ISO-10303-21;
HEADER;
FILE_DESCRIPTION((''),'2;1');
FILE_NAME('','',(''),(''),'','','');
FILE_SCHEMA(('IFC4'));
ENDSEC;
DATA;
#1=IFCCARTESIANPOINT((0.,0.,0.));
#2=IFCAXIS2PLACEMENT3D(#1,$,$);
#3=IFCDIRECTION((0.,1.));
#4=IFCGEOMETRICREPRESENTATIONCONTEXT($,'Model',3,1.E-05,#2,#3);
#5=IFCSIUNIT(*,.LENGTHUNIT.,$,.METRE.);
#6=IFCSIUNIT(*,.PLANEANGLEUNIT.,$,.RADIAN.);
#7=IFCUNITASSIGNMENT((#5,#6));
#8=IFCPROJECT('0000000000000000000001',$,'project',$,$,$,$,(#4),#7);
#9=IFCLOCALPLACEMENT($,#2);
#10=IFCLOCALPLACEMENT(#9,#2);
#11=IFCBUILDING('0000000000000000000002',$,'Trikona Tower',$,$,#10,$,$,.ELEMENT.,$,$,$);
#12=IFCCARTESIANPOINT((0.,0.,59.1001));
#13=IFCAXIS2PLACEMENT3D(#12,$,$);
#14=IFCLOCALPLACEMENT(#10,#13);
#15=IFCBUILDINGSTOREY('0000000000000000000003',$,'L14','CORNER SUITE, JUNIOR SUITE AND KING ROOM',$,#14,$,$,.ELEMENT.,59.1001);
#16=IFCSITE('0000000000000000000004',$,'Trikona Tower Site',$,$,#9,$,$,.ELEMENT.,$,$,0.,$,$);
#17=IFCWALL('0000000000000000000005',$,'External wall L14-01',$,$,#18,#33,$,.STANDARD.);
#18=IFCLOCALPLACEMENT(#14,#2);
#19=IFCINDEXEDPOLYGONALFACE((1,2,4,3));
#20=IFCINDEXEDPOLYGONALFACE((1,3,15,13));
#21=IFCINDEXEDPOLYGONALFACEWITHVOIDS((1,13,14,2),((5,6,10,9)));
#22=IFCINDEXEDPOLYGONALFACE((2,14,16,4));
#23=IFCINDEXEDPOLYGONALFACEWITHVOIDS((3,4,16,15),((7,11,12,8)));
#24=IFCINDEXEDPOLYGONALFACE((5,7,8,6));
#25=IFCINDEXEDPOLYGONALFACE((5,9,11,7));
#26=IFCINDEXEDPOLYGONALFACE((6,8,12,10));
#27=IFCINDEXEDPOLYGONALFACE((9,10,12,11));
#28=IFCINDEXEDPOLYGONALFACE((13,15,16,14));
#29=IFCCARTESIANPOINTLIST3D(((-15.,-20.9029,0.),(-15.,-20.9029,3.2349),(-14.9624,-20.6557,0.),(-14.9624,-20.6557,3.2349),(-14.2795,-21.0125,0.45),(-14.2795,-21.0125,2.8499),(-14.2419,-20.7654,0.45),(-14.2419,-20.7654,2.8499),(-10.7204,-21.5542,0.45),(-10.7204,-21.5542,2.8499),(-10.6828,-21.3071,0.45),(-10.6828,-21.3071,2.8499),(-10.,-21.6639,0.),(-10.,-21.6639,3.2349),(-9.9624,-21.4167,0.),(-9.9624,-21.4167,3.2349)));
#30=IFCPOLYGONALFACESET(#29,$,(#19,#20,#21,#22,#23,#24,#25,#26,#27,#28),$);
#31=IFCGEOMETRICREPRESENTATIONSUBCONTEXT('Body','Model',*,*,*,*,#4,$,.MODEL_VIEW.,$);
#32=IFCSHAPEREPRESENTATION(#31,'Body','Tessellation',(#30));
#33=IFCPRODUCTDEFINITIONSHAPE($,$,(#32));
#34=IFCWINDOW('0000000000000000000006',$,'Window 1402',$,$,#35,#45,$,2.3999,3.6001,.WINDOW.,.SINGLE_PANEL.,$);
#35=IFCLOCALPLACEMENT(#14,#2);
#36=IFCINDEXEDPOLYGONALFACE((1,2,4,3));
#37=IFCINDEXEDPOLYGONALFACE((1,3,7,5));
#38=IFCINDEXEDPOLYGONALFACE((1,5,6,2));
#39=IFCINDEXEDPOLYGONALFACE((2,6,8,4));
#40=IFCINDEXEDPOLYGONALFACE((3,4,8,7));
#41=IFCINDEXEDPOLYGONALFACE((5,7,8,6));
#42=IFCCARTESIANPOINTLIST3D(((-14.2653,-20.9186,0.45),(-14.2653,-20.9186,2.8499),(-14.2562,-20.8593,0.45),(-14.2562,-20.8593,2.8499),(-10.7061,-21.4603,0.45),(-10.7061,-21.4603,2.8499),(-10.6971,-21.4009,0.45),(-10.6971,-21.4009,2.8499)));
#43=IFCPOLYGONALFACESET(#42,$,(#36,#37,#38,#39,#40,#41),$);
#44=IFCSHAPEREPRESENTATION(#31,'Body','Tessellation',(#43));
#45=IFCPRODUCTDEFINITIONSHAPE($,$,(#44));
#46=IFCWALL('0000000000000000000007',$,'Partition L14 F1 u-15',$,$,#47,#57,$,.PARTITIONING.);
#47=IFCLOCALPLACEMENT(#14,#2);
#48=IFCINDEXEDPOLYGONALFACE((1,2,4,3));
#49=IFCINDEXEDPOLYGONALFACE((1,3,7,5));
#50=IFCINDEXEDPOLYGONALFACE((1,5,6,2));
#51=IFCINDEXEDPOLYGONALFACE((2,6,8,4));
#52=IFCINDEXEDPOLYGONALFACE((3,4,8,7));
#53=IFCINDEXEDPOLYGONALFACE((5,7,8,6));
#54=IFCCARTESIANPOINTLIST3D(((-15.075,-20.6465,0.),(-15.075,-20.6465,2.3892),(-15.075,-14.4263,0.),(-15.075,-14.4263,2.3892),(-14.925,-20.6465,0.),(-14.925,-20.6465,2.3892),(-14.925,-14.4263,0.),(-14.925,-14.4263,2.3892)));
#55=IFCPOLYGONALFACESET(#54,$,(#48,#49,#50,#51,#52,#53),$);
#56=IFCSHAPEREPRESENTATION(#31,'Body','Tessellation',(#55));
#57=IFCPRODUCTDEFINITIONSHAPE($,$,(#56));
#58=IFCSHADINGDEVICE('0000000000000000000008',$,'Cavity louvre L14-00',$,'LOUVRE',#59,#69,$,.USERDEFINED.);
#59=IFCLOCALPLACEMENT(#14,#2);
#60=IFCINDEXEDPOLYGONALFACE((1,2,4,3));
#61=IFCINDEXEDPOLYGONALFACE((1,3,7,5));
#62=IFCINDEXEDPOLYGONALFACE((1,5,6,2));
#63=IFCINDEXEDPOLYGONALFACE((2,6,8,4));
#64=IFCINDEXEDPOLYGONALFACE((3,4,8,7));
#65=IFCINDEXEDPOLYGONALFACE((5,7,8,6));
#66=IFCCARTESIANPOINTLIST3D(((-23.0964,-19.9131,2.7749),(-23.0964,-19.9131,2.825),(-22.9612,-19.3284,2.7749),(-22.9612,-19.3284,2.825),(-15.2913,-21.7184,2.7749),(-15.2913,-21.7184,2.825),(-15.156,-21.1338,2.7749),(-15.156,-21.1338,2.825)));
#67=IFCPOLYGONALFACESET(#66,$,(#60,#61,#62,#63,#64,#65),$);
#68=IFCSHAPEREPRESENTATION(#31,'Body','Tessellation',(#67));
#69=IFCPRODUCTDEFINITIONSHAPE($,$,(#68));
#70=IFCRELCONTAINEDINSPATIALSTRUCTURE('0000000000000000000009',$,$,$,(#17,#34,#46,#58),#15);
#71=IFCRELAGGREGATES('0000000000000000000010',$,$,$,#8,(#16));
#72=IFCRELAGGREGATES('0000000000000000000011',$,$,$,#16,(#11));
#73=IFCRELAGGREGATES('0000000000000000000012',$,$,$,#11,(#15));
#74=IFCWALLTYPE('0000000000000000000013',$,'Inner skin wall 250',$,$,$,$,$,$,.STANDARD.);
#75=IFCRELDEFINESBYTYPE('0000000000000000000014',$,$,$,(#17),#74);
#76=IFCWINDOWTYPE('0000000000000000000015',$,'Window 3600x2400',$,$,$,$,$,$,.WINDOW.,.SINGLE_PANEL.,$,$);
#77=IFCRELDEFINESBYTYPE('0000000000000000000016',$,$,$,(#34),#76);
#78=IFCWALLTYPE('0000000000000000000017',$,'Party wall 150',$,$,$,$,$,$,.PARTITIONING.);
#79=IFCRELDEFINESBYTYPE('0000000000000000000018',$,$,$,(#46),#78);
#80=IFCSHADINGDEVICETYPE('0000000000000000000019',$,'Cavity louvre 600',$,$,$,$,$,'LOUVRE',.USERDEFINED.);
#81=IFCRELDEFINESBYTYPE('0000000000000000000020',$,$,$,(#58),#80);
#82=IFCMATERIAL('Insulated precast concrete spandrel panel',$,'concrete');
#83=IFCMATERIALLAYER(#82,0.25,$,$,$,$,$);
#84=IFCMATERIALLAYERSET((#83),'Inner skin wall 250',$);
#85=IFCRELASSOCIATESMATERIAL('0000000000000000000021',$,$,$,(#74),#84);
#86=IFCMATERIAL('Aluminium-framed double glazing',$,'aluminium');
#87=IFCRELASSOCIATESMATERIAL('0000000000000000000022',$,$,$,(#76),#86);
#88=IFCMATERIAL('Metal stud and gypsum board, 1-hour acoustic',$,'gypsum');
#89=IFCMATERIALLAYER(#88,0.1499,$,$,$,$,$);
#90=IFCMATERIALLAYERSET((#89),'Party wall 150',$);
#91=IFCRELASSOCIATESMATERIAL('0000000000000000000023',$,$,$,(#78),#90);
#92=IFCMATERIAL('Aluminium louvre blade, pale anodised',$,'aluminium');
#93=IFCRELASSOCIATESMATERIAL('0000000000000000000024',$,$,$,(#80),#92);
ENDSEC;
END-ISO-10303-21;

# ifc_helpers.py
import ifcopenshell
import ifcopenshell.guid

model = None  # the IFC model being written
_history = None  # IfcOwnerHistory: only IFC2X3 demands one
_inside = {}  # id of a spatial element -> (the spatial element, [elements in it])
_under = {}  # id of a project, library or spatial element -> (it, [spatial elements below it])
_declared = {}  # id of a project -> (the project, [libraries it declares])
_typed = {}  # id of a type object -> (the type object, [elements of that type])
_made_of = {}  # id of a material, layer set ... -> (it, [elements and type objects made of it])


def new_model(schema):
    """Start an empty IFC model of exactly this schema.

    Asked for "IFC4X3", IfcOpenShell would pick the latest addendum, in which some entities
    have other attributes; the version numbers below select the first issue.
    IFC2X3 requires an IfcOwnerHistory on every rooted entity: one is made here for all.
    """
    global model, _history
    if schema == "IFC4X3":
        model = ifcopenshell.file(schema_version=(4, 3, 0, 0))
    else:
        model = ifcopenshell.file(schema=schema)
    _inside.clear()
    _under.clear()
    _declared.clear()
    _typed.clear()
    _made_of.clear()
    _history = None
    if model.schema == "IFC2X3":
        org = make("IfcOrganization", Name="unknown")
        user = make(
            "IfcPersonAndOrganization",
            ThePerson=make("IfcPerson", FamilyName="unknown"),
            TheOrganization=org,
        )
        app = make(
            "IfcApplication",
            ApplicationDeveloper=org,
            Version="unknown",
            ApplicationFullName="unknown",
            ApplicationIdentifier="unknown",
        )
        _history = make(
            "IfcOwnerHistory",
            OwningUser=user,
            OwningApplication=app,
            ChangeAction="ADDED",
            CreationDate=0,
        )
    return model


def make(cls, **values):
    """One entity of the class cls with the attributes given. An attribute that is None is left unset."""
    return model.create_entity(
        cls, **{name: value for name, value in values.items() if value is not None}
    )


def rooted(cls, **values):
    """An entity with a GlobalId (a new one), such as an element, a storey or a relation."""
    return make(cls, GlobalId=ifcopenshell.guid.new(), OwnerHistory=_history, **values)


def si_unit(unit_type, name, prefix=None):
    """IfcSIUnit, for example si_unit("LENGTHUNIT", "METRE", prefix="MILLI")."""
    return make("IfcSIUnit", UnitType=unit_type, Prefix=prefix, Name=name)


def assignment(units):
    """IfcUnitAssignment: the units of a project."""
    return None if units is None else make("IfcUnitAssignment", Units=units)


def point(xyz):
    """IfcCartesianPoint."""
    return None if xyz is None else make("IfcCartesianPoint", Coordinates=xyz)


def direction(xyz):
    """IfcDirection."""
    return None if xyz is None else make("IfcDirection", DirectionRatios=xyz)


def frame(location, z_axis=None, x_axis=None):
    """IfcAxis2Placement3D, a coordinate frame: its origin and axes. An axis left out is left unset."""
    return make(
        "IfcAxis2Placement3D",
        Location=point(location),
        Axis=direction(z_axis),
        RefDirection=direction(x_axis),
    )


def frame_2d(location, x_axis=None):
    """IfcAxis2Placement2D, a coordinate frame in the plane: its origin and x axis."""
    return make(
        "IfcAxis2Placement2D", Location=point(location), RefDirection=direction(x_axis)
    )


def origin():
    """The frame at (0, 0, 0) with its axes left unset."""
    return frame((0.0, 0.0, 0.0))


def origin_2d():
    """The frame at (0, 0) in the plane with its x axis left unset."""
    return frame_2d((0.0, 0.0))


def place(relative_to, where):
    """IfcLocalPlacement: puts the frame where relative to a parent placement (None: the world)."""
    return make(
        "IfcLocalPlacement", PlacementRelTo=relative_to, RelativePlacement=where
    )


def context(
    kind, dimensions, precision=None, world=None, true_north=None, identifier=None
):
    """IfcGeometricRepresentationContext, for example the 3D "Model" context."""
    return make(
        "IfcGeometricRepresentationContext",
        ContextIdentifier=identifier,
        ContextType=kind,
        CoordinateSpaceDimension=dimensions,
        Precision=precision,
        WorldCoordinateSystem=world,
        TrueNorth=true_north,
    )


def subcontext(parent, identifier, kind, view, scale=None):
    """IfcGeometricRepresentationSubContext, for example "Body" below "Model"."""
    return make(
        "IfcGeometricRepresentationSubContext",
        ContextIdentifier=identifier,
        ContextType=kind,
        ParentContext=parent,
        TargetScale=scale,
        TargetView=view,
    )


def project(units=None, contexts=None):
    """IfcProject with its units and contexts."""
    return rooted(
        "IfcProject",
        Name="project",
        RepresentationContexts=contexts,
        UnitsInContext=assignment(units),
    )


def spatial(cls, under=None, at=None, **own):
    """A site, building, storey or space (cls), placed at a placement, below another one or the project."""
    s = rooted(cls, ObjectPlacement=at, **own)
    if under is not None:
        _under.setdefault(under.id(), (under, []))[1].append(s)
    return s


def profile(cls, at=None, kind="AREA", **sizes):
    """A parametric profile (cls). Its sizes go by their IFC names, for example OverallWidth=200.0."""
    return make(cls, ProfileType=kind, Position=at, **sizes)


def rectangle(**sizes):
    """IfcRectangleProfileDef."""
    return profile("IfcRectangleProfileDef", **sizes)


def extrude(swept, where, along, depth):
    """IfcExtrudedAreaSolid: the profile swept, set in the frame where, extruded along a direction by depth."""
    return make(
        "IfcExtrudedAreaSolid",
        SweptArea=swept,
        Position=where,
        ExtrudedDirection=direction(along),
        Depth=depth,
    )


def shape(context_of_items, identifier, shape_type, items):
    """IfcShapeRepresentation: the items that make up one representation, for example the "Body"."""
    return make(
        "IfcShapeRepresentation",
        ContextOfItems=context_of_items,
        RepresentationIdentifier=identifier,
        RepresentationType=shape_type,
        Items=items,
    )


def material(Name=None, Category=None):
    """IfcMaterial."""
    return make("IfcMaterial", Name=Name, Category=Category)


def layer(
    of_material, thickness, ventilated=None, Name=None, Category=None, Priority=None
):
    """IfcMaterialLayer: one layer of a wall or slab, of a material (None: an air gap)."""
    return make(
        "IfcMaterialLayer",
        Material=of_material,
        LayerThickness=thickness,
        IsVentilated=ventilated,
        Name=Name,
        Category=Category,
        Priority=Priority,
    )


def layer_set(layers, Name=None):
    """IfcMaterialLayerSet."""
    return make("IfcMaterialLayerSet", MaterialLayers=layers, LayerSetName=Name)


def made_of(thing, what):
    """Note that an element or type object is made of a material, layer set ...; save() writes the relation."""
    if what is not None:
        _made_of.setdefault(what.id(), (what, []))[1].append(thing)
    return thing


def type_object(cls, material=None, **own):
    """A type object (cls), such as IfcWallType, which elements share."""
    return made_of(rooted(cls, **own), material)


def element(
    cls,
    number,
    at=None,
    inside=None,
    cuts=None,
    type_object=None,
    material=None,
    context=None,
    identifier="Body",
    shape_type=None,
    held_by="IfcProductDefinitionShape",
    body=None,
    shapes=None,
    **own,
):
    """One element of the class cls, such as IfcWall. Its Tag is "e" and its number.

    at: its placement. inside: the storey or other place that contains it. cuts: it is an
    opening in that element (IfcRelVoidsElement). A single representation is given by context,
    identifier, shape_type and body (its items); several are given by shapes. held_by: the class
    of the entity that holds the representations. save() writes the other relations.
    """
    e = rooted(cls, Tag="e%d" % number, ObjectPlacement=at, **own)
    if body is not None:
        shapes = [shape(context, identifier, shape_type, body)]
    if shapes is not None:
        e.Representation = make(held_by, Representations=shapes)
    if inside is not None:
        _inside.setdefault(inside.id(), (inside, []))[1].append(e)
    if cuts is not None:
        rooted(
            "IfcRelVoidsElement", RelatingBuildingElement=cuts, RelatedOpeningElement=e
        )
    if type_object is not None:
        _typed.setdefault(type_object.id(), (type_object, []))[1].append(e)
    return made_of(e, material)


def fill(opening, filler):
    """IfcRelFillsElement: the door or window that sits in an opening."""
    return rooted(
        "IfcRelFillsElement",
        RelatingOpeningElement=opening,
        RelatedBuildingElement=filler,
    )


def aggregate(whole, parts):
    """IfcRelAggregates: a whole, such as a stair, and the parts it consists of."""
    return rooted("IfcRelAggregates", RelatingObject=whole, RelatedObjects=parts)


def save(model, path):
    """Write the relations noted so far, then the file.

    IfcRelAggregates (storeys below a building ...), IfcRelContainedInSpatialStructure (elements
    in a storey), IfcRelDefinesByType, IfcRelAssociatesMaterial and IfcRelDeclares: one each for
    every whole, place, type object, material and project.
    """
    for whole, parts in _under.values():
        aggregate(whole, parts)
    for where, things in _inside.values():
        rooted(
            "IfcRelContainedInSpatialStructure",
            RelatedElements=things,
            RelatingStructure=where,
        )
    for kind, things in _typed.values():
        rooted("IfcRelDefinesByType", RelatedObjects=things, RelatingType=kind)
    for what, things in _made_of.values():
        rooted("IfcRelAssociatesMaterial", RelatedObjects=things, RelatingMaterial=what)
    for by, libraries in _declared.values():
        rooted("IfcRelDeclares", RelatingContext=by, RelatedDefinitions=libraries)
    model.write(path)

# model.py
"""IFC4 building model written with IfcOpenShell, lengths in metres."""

from ifc_helpers import new_model, si_unit, direction, frame, frame_2d, origin, origin_2d, place, context, subcontext, project, spatial, rectangle, extrude, material, layer, layer_set, type_object, element, fill, save


model = new_model("IFC4")

# Units and contexts
model_context = context("Model", 3, precision=1e-05, world=origin(), true_north=direction((0.0, 1.0)))
body_context = subcontext(model_context, "Body", "Model", "MODEL_VIEW")
ifc_project = project(units=[si_unit("LENGTHUNIT", "METRE"), si_unit("PLANEANGLEUNIT", "RADIAN")], contexts=[model_context])

# Site, building, storey
site_placement = place(None, origin())
site = spatial("IfcSite", under=ifc_project, at=site_placement, Name="Trikona Tower Site", CompositionType="ELEMENT", RefElevation=0.0)
building_placement = place(site_placement, origin())
building = spatial("IfcBuilding", under=site, at=building_placement, Name="Trikona Tower", CompositionType="ELEMENT")
storey_placement = place(building_placement, frame((0.0, 0.0, 59.1001)))
storey = spatial("IfcBuildingStorey", under=building, at=storey_placement, Name="L14", Description="CORNER SUITE, JUNIOR SUITE AND KING ROOM", CompositionType="ELEMENT", Elevation=59.1001)

# Wall, opening, window
ifc_material_1 = material(Name="Insulated precast concrete spandrel panel", Category="concrete")
ifc_layer_1 = layer(ifc_material_1, 0.25)
ifc_layer_set_1 = layer_set([ifc_layer_1], Name="Inner skin wall 250")
wall_type_1 = type_object("IfcWallType", Name="Inner skin wall 250", PredefinedType="STANDARD", material=ifc_layer_set_1)
wall_1_placement = place(storey_placement, frame((-14.9812, -20.7793, 0.0), z_axis=(0.0, 0.0, 1.0), x_axis=(0.988615, -0.150465, 0.0)))
wall_1 = element("IfcWall", 1, at=wall_1_placement, inside=storey, type_object=wall_type_1, Name="External wall L14-01", PredefinedType="STANDARD", context=body_context, shape_type="SweptSolid", body=[
    extrude(rectangle(XDim=5.0576, YDim=0.25, at=frame_2d((2.5288, 0.0))), origin(), (0.0, 0.0, 1.0), 3.2349),
])
opening_1_placement = place(wall_1_placement, frame((0.7288, 0.0, 0.45)))
opening_1 = element("IfcOpeningElement", 2, at=opening_1_placement, cuts=wall_1, PredefinedType="OPENING", context=body_context, shape_type="SweptSolid", body=[
    extrude(rectangle(XDim=3.6001, YDim=2.3999, at=frame_2d((1.8, 1.2))), frame((0.0, 0.135, 0.0), z_axis=(0.0, -1.0, 0.0), x_axis=(1.0, 0.0, 0.0)), (0.0, 0.0, 1.0), 0.27),
])
ifc_material_2 = material(Name="Aluminium-framed double glazing", Category="aluminium")
window_type = type_object("IfcWindowType", Name="Window 3600x2400", PartitioningType="SINGLE_PANEL", PredefinedType="WINDOW", material=ifc_material_2)
window_placement = place(opening_1_placement, origin())
window = element("IfcWindow", 3, at=window_placement, inside=storey, type_object=window_type, Name="Window 1402", OverallHeight=2.3999, OverallWidth=3.6001, PartitioningType="SINGLE_PANEL", PredefinedType="WINDOW", context=body_context, shape_type="SweptSolid", body=[
    extrude(rectangle(XDim=3.6001, YDim=2.3999, at=frame_2d((1.8, 1.2))), frame((0.0, 0.03, 0.0), z_axis=(0.0, -1.0, 0.0), x_axis=(1.0, 0.0, 0.0)), (0.0, 0.0, 1.0), 0.0601),
])
fill(opening_1, window)

# Wall
ifc_material_3 = material(Name="Metal stud and gypsum board, 1-hour acoustic", Category="gypsum")
ifc_layer_2 = layer(ifc_material_3, 0.1499)
ifc_layer_set_2 = layer_set([ifc_layer_2], Name="Party wall 150")
wall_type_2 = type_object("IfcWallType", Name="Party wall 150", PredefinedType="PARTITIONING", material=ifc_layer_set_2)
wall_2_placement = place(storey_placement, frame((-15.0, -14.4263, 0.0), z_axis=(0.0, 0.0, 1.0), x_axis=(0.0, -1.0, 0.0)))
element("IfcWall", 4, at=wall_2_placement, inside=storey, type_object=wall_type_2, Name="Partition L14 F1 u-15", PredefinedType="PARTITIONING", context=body_context, shape_type="SweptSolid", body=[
    extrude(rectangle(XDim=6.2202, YDim=0.1499, at=frame_2d((3.1101, 0.0))), origin(), (0.0, 0.0, 1.0), 2.3892),
])

# Shading device
ifc_material_4 = material(Name="Aluminium louvre blade, pale anodised", Category="aluminium")
shading_device_type = type_object("IfcShadingDeviceType", Name="Cavity louvre 600", ElementType="LOUVRE", PredefinedType="USERDEFINED", material=ifc_material_4)
shading_device_placement = place(storey_placement, frame((-19.1262, -20.5234, 2.7749), z_axis=(0.0, 0.0, 1.0), x_axis=(0.974278, -0.225351, 0.0)))
element("IfcShadingDevice", 5, at=shading_device_placement, inside=storey, type_object=shading_device_type, Name="Cavity louvre L14-00", ObjectType="LOUVRE", PredefinedType="USERDEFINED", context=body_context, shape_type="SweptSolid", body=[
    extrude(rectangle(XDim=8.0112, YDim=0.6001, at=origin_2d()), origin(), (0.0, 0.0, 1.0), 0.05),
])

save(model, "model.ifc")
